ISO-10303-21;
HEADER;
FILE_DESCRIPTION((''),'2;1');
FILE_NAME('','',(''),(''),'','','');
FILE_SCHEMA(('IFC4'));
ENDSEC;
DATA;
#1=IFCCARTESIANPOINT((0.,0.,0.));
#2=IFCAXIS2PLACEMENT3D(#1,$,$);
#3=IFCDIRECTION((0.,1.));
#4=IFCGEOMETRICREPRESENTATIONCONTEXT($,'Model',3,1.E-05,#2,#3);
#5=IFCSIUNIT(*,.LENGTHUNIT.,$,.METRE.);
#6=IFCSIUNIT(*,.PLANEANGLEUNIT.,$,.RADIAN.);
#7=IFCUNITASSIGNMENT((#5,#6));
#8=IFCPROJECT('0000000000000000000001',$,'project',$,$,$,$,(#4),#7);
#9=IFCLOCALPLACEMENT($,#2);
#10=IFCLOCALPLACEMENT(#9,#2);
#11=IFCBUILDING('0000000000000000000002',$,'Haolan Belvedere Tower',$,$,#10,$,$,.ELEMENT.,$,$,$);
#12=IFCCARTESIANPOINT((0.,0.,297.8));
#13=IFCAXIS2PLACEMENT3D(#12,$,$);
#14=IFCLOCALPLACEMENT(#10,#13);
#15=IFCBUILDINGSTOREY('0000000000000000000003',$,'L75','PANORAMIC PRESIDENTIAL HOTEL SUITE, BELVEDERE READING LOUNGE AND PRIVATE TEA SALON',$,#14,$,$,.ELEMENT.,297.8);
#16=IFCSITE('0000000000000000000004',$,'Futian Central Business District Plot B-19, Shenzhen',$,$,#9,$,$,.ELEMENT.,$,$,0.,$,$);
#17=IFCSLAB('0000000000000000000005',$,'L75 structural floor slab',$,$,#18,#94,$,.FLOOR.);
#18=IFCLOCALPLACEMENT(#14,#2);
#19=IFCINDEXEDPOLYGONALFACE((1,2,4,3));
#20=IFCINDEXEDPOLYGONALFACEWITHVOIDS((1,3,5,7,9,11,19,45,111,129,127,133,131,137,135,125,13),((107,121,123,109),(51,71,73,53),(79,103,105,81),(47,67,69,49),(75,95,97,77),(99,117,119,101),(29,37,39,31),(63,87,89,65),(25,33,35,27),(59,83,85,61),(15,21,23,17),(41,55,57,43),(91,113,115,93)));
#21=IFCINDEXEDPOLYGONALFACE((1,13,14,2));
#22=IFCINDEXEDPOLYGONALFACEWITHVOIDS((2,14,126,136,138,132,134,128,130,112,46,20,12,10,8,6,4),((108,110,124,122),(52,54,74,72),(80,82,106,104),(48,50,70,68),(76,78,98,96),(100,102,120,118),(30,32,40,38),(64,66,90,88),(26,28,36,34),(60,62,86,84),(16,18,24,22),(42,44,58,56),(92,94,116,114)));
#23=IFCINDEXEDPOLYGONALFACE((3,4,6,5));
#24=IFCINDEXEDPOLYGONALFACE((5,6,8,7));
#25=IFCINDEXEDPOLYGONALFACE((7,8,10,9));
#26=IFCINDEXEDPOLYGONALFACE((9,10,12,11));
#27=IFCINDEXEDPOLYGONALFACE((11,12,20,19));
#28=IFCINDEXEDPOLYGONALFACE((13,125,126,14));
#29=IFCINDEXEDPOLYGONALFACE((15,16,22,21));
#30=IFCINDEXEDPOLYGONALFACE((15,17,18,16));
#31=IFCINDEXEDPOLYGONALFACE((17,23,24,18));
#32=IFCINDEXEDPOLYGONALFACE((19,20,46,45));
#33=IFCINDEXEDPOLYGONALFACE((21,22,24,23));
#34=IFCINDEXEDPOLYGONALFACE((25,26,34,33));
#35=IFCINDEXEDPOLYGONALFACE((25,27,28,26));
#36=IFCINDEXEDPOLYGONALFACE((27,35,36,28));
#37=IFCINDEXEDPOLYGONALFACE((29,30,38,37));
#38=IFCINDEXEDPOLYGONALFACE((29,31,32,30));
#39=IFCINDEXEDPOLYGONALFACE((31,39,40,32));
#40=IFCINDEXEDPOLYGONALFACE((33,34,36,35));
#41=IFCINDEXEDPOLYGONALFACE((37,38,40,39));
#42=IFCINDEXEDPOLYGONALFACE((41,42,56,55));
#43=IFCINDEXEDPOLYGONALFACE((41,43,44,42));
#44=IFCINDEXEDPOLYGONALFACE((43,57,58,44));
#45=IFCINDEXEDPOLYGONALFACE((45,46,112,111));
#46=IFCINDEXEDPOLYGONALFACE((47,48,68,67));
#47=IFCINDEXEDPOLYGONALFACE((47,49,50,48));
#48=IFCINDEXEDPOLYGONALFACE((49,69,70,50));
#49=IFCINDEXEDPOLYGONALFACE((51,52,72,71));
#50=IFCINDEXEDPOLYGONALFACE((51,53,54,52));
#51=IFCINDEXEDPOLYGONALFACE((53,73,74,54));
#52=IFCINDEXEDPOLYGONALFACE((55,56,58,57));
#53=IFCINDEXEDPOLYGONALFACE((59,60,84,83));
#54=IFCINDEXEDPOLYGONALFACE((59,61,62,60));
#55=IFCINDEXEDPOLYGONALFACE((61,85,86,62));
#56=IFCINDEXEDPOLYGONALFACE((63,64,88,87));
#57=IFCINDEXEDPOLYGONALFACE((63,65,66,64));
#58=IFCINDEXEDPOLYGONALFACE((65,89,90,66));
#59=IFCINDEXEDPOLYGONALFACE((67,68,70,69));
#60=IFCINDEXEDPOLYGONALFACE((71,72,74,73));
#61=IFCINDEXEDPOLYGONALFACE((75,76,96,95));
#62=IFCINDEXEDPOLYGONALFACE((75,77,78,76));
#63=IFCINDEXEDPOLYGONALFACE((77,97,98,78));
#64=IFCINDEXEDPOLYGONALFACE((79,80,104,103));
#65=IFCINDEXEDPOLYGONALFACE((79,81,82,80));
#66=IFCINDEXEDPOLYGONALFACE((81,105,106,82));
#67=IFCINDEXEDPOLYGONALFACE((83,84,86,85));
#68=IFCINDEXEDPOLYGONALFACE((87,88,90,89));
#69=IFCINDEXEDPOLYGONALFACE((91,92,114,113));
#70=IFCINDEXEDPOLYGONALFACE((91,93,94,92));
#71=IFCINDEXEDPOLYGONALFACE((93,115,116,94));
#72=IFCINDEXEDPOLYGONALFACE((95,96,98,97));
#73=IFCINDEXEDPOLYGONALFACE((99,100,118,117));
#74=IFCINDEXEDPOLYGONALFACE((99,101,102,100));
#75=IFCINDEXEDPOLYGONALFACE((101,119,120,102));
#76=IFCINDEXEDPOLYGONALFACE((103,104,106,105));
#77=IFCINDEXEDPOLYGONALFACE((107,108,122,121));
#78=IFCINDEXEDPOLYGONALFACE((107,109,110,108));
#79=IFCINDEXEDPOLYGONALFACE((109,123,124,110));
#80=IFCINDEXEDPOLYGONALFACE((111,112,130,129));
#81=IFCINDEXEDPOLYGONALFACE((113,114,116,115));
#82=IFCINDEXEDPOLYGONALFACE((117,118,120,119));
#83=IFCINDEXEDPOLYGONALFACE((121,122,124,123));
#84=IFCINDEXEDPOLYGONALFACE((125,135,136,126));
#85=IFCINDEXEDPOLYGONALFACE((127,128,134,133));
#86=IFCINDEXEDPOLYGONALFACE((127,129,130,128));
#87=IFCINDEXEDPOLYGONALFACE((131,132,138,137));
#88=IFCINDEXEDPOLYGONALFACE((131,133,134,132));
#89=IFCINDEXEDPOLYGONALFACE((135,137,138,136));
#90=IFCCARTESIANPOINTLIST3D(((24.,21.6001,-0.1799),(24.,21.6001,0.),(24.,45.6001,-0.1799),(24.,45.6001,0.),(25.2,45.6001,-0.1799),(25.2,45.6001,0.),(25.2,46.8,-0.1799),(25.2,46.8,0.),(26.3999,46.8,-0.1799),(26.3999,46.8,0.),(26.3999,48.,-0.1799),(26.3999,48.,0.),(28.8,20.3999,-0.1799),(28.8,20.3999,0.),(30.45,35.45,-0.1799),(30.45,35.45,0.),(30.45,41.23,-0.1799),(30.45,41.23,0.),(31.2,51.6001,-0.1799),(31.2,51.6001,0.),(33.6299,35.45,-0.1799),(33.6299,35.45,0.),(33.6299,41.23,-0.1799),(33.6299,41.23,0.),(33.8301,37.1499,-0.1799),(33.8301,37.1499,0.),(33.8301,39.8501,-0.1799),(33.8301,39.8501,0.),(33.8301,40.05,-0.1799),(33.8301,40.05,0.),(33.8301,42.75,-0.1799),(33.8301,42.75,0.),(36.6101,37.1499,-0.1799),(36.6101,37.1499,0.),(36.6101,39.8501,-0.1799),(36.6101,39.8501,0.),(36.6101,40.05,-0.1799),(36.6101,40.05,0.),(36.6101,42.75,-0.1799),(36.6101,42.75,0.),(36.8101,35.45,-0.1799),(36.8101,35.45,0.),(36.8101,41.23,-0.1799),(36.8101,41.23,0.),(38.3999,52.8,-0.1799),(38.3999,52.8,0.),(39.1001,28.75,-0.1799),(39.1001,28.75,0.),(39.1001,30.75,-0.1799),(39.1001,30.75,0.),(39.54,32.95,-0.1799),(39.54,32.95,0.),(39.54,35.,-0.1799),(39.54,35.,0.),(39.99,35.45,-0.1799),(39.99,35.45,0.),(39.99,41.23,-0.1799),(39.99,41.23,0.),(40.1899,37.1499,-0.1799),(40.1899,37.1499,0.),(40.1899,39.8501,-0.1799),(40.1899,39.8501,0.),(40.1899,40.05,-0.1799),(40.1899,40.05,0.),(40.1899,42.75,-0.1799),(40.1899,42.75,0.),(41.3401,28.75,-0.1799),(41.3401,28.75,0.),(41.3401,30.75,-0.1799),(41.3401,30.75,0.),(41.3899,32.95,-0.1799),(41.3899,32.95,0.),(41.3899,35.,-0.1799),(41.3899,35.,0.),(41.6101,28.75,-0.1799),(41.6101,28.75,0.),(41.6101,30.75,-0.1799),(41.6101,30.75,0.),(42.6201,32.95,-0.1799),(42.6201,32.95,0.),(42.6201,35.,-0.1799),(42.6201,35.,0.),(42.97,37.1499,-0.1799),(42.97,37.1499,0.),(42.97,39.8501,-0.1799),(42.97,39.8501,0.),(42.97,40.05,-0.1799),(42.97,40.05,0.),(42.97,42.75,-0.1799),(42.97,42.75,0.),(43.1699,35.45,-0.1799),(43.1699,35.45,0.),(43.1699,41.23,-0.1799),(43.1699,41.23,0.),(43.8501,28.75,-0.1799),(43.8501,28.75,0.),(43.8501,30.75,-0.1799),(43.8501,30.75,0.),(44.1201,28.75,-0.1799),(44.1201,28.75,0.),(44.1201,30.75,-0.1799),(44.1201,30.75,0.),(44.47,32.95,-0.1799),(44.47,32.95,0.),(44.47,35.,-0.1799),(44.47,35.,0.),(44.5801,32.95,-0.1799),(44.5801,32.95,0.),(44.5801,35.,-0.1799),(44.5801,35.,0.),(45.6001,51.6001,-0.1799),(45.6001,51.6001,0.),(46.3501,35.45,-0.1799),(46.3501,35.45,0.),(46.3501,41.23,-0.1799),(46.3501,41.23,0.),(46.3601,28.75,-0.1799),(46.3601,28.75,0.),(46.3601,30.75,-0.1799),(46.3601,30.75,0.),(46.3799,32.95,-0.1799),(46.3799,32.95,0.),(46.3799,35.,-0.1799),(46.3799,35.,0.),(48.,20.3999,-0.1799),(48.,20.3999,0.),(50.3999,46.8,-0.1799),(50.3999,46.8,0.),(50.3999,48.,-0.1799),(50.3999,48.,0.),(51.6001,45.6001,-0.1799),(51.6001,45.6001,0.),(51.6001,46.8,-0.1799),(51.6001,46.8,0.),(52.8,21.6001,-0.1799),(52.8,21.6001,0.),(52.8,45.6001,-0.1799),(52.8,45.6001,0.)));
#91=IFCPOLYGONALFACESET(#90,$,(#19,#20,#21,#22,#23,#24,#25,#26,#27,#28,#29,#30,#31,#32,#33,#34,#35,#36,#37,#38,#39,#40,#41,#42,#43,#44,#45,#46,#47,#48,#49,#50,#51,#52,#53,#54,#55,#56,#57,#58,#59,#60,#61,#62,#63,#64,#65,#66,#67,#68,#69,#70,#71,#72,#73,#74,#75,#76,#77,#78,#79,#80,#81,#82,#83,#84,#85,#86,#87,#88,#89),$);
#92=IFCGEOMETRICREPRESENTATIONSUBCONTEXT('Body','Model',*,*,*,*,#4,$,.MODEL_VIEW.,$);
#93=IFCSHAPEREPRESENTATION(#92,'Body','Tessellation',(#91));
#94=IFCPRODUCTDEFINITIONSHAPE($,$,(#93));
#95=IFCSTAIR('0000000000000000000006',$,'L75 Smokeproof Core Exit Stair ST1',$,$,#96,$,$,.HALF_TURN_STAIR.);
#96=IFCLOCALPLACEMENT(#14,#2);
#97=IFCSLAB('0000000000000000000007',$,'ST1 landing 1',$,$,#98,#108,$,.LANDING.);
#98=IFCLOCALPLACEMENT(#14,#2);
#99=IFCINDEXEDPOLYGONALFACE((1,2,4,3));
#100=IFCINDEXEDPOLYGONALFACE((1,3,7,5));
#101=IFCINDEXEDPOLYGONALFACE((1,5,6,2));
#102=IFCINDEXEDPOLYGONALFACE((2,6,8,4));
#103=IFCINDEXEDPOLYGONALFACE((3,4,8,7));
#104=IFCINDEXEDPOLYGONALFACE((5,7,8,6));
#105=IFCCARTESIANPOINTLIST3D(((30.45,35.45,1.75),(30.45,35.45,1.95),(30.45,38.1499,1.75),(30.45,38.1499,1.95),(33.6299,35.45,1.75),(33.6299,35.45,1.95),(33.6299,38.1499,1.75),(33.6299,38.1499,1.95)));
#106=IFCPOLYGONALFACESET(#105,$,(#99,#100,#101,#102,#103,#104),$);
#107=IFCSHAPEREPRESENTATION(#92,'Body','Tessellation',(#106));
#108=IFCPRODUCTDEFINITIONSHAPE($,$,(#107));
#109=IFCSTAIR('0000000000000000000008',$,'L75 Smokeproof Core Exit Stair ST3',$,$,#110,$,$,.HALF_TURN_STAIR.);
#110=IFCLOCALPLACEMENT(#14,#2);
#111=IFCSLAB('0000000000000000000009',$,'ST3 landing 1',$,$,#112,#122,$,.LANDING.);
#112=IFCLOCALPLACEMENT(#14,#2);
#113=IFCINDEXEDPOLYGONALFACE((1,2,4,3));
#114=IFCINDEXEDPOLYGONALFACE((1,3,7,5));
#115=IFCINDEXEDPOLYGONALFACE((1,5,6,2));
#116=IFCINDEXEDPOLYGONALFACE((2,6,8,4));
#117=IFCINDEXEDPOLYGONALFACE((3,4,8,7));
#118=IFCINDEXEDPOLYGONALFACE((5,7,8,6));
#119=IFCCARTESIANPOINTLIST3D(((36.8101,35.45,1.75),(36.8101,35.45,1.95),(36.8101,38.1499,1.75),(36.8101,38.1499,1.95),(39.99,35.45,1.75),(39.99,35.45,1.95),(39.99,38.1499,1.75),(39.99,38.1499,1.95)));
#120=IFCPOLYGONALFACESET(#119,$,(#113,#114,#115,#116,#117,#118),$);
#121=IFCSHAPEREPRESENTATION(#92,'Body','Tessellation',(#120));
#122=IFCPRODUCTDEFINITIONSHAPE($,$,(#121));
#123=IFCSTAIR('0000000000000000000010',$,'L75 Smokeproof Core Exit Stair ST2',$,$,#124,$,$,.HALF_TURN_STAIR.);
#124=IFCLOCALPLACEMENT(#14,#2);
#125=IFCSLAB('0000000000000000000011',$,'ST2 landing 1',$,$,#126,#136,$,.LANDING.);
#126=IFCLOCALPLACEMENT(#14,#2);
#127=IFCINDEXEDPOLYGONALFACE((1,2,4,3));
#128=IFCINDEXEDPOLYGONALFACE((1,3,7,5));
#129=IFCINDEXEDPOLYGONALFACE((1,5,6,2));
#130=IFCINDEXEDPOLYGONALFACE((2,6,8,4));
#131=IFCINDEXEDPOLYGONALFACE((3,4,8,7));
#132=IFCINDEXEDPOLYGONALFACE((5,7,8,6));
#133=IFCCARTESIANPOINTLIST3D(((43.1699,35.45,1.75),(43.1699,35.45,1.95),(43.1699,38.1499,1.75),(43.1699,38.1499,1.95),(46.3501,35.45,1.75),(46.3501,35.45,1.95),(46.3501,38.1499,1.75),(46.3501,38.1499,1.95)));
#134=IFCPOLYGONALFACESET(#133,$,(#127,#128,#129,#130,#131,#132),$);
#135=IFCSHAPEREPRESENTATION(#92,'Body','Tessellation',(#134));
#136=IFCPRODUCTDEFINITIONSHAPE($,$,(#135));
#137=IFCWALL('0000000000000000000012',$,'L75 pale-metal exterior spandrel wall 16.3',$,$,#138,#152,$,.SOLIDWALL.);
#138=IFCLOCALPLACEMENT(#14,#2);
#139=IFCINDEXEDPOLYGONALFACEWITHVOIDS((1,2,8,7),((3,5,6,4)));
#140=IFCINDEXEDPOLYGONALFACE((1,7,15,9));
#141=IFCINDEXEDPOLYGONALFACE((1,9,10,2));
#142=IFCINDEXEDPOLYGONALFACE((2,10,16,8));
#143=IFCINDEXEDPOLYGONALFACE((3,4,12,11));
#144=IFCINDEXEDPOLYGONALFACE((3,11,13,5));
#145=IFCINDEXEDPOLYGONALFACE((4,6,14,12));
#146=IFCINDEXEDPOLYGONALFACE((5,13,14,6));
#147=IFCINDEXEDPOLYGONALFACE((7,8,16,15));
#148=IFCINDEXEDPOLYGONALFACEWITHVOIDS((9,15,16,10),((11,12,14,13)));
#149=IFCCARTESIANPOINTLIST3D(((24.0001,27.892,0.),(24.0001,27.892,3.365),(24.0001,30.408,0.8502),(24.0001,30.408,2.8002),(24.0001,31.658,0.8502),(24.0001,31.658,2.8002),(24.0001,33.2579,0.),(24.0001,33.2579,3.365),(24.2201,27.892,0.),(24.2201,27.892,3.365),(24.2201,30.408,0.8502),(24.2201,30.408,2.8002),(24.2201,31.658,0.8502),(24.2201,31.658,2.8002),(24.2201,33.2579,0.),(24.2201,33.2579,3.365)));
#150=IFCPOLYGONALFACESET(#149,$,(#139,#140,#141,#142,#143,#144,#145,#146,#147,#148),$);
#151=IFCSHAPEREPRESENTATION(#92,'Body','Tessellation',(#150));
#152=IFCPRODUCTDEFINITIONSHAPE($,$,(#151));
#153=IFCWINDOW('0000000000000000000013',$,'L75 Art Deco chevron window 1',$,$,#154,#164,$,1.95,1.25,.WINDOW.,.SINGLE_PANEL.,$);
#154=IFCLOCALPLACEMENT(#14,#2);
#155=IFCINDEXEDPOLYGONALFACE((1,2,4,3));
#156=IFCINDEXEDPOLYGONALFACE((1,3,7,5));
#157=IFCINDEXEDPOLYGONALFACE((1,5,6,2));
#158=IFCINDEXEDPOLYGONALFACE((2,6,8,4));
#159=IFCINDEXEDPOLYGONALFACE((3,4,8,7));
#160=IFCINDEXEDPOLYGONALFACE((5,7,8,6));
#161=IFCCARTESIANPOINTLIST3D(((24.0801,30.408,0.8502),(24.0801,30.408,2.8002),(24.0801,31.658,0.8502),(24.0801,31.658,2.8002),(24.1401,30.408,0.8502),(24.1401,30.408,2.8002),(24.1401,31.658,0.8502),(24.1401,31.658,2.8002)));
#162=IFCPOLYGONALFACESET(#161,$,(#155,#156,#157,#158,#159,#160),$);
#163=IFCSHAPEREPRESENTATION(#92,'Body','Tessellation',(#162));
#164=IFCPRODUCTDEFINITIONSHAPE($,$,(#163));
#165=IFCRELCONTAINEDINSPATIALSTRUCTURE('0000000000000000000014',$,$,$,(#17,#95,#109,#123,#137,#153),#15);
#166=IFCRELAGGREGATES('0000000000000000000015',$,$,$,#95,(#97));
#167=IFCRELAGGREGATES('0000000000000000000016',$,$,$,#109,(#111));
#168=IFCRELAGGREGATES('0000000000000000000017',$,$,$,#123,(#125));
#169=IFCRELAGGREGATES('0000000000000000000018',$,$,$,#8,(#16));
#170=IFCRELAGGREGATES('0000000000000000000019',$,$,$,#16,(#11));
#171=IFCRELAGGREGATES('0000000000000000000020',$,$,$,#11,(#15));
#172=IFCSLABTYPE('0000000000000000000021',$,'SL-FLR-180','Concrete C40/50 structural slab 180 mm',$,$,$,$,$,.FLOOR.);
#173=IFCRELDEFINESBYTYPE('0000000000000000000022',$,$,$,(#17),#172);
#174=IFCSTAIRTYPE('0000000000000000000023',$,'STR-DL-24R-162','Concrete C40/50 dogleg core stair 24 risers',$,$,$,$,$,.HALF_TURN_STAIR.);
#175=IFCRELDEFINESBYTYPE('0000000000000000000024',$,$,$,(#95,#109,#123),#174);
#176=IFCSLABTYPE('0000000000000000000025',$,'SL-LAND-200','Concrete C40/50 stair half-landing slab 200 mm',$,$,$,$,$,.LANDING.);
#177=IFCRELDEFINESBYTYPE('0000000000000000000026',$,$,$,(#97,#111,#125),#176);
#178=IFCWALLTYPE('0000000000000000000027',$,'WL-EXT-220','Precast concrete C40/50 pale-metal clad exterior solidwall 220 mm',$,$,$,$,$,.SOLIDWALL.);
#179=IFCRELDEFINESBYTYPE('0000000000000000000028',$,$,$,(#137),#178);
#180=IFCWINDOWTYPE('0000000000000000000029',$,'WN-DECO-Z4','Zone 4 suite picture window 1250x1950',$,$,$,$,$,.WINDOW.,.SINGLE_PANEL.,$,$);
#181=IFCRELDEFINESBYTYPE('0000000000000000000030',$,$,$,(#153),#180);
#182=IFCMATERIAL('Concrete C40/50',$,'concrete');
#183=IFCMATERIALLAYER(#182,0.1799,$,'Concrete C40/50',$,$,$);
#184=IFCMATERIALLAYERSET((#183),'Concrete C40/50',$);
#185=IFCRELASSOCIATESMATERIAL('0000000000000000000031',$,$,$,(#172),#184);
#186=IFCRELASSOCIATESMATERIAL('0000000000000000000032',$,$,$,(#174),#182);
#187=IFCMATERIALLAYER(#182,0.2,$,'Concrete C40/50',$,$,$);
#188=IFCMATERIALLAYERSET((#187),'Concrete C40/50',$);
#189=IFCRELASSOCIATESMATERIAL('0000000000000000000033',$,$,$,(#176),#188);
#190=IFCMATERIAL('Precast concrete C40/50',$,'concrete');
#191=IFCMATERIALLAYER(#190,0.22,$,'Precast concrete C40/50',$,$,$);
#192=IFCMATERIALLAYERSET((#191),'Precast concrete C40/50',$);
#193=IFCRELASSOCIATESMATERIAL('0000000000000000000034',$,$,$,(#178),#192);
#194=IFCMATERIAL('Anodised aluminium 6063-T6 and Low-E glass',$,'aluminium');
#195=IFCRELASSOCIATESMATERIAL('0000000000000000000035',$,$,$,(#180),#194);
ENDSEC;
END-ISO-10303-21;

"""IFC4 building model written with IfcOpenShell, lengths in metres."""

from ifc_helpers import new_model, si_unit, direction, frame, frame_2d, origin, place, context, subcontext, project, spatial, polyline, rectangle, outline, extrude, material, layer, layer_set, type_object, element, fill, aggregate, save


model = new_model("IFC4")

# Units and contexts
model_context = context("Model", 3, precision=1e-05, world=origin(), true_north=direction((0.0, 1.0)))
body_context = subcontext(model_context, "Body", "Model", "MODEL_VIEW")
ifc_project = project(units=[si_unit("LENGTHUNIT", "METRE"), si_unit("PLANEANGLEUNIT", "RADIAN")], contexts=[model_context])

# Site, building, storey
site_placement = place(None, origin())
site = spatial("IfcSite", under=ifc_project, at=site_placement, Name="Futian Central Business District Plot B-19, Shenzhen", CompositionType="ELEMENT", RefElevation=0.0)
building_placement = place(site_placement, origin())
building = spatial("IfcBuilding", under=site, at=building_placement, Name="Haolan Belvedere Tower", CompositionType="ELEMENT")
storey_placement = place(building_placement, frame((0.0, 0.0, 297.8)))
storey = spatial("IfcBuildingStorey", under=building, at=storey_placement, Name="L75", Description="PANORAMIC PRESIDENTIAL HOTEL SUITE, BELVEDERE READING LOUNGE AND PRIVATE TEA SALON", CompositionType="ELEMENT", Elevation=297.8)

# Slab
ifc_material_1 = material(Name="Concrete C40/50", Category="concrete")
ifc_layer_1 = layer(ifc_material_1, 0.1799, Name="Concrete C40/50")
ifc_layer_set_1 = layer_set([ifc_layer_1], Name="Concrete C40/50")
slab_type_1 = type_object("IfcSlabType", Name="SL-FLR-180", Description="Concrete C40/50 structural slab 180 mm", PredefinedType="FLOOR", material=ifc_layer_set_1)
slab_1_placement = place(storey_placement, frame((0.0, 0.0, -0.1799)))
element("IfcSlab", 1, at=slab_1_placement, inside=storey, type_object=slab_type_1, Name="L75 structural floor slab", PredefinedType="FLOOR", context=body_context, shape_type="SweptSolid", body=[
    extrude(outline(polyline([(24.0, 21.6001), (28.8, 20.3999), (48.0, 20.3999), (52.8, 21.6001), (52.8, 45.6001), (52.8, 45.6001), (51.6001, 45.6001), (51.6001, 46.8), (50.3999, 46.8), (50.3999, 48.0), (45.6001, 51.6001), (38.3999, 52.8), (31.2, 51.6001), (26.3999, 48.0), (26.3999, 46.8), (25.2, 46.8), (25.2, 45.6001), (24.0, 45.6001), (24.0, 45.6001), (24.0, 21.6001)]), holes=[polyline([(30.45, 41.23), (30.45, 35.45), (33.6299, 35.45), (33.6299, 41.23), (30.45, 41.23)]), polyline([(36.8101, 41.23), (36.8101, 35.45), (39.99, 35.45), (39.99, 41.23), (36.8101, 41.23)]), polyline([(43.1699, 41.23), (43.1699, 35.45), (46.3501, 35.45), (46.3501, 41.23), (43.1699, 41.23)]), polyline([(33.8301, 40.05), (36.6101, 40.05), (36.6101, 42.75), (33.8301, 42.75), (33.8301, 40.05)]), polyline([(33.8301, 37.1499), (36.6101, 37.1499), (36.6101, 39.8501), (33.8301, 39.8501), (33.8301, 37.1499)]), polyline([(40.1899, 40.05), (42.97, 40.05), (42.97, 42.75), (40.1899, 42.75), (40.1899, 40.05)]), polyline([(40.1899, 37.1499), (42.97, 37.1499), (42.97, 39.8501), (40.1899, 39.8501), (40.1899, 37.1499)]), polyline([(39.54, 32.95), (41.3899, 32.95), (41.3899, 35.0), (39.54, 35.0), (39.54, 32.95)]), polyline([(42.6201, 32.95), (44.47, 32.95), (44.47, 35.0), (42.6201, 35.0), (42.6201, 32.95)]), polyline([(44.5801, 32.95), (46.3799, 32.95), (46.3799, 35.0), (44.5801, 35.0), (44.5801, 32.95)]), polyline([(39.1001, 28.75), (41.3401, 28.75), (41.3401, 30.75), (39.1001, 30.75), (39.1001, 28.75)]), polyline([(41.6101, 28.75), (43.8501, 28.75), (43.8501, 30.75), (41.6101, 30.75), (41.6101, 28.75)]), polyline([(44.1201, 28.75), (46.3601, 28.75), (46.3601, 30.75), (44.1201, 30.75), (44.1201, 28.75)])]), origin(), (0.0, 0.0, 1.0), 0.1799),
])

# Stairs, slabs
stair_type = type_object("IfcStairType", Name="STR-DL-24R-162", Description="Concrete C40/50 dogleg core stair 24 risers", PredefinedType="HALF_TURN_STAIR", material=ifc_material_1)
stair_1_placement = place(storey_placement, origin())
stair_1 = element("IfcStair", 2, at=stair_1_placement, inside=storey, type_object=stair_type, Name="L75 Smokeproof Core Exit Stair ST1", PredefinedType="HALF_TURN_STAIR")
ifc_layer_2 = layer(ifc_material_1, 0.2, Name="Concrete C40/50")
ifc_layer_set_2 = layer_set([ifc_layer_2], Name="Concrete C40/50")
slab_type_2 = type_object("IfcSlabType", Name="SL-LAND-200", Description="Concrete C40/50 stair half-landing slab 200 mm", PredefinedType="LANDING", material=ifc_layer_set_2)
slab_2_placement = place(storey_placement, frame((0.0, 0.0, 1.75)))
slab_2 = element("IfcSlab", 3, at=slab_2_placement, type_object=slab_type_2, Name="ST1 landing 1", PredefinedType="LANDING", context=body_context, shape_type="SweptSolid", body=[
    extrude(outline(polyline([(30.45, 38.1499), (30.45, 35.45), (33.6299, 35.45), (33.6299, 38.1499), (30.45, 38.1499)])), origin(), (0.0, 0.0, 1.0), 0.2),
])
aggregate(stair_1, [slab_2])
stair_2_placement = place(storey_placement, origin())
stair_2 = element("IfcStair", 4, at=stair_2_placement, inside=storey, type_object=stair_type, Name="L75 Smokeproof Core Exit Stair ST3", PredefinedType="HALF_TURN_STAIR")
slab_3_placement = place(storey_placement, frame((0.0, 0.0, 1.75)))
slab_3 = element("IfcSlab", 5, at=slab_3_placement, type_object=slab_type_2, Name="ST3 landing 1", PredefinedType="LANDING", context=body_context, shape_type="SweptSolid", body=[
    extrude(outline(polyline([(36.8101, 38.1499), (36.8101, 35.45), (39.99, 35.45), (39.99, 38.1499), (36.8101, 38.1499)])), origin(), (0.0, 0.0, 1.0), 0.2),
])
aggregate(stair_2, [slab_3])
stair_3_placement = place(storey_placement, origin())
stair_3 = element("IfcStair", 6, at=stair_3_placement, inside=storey, type_object=stair_type, Name="L75 Smokeproof Core Exit Stair ST2", PredefinedType="HALF_TURN_STAIR")
slab_4_placement = place(storey_placement, frame((0.0, 0.0, 1.75)))
slab_4 = element("IfcSlab", 7, at=slab_4_placement, type_object=slab_type_2, Name="ST2 landing 1", PredefinedType="LANDING", context=body_context, shape_type="SweptSolid", body=[
    extrude(outline(polyline([(43.1699, 38.1499), (43.1699, 35.45), (46.3501, 35.45), (46.3501, 38.1499), (43.1699, 38.1499)])), origin(), (0.0, 0.0, 1.0), 0.2),
])
aggregate(stair_3, [slab_4])

# Wall, opening, window
ifc_material_2 = material(Name="Precast concrete C40/50", Category="concrete")
ifc_layer_3 = layer(ifc_material_2, 0.22, Name="Precast concrete C40/50")
ifc_layer_set_3 = layer_set([ifc_layer_3], Name="Precast concrete C40/50")
wall_type_1 = type_object("IfcWallType", Name="WL-EXT-220", Description="Precast concrete C40/50 pale-metal clad exterior solidwall 220 mm", PredefinedType="SOLIDWALL", material=ifc_layer_set_3)
wall_1_placement = place(storey_placement, frame((24.1101, 33.2581, 0.0), z_axis=(0.0, 0.0, 1.0), x_axis=(0.0, -1.0, 0.0)))
wall_1 = element("IfcWall", 8, at=wall_1_placement, inside=storey, type_object=wall_type_1, Name="L75 pale-metal exterior spandrel wall 16.3", PredefinedType="SOLIDWALL", context=body_context, shape_type="SweptSolid", body=[
    extrude(rectangle(XDim=5.366, YDim=0.22, at=frame_2d((2.6831, 0.0))), origin(), (0.0, 0.0, 1.0), 3.365),
])
opening_1_placement = place(wall_1_placement, frame((1.6001, 0.0, 0.8501)))
opening_1 = element("IfcOpeningElement", 9, at=opening_1_placement, cuts=wall_1, PredefinedType="OPENING", context=body_context, shape_type="SweptSolid", body=[
    extrude(rectangle(XDim=1.25, YDim=1.95, at=frame_2d((0.625, 0.9751))), frame((0.0, 0.1199, 0.0), z_axis=(0.0, -1.0, 0.0), x_axis=(1.0, 0.0, 0.0)), (0.0, 0.0, 1.0), 0.24),
])
ifc_material_3 = material(Name="Anodised aluminium 6063-T6 and Low-E glass", Category="aluminium")
window_type = type_object("IfcWindowType", Name="WN-DECO-Z4", Description="Zone 4 suite picture window 1250x1950", PartitioningType="SINGLE_PANEL", PredefinedType="WINDOW", material=ifc_material_3)
window_1_placement = place(opening_1_placement, origin())
window_1 = element("IfcWindow", 10, at=window_1_placement, inside=storey, type_object=window_type, Name="L75 Art Deco chevron window 1", OverallHeight=1.95, OverallWidth=1.25, PartitioningType="SINGLE_PANEL", PredefinedType="WINDOW", context=body_context, shape_type="SweptSolid", body=[
    extrude(rectangle(XDim=1.25, YDim=1.95, at=frame_2d((0.625, 0.9751))), frame((0.0, 0.03, 0.0), z_axis=(0.0, -1.0, 0.0), x_axis=(1.0, 0.0, 0.0)), (0.0, 0.0, 1.0), 0.0601),
])
fill(opening_1, window_1)

save(model, "model.ifc")
